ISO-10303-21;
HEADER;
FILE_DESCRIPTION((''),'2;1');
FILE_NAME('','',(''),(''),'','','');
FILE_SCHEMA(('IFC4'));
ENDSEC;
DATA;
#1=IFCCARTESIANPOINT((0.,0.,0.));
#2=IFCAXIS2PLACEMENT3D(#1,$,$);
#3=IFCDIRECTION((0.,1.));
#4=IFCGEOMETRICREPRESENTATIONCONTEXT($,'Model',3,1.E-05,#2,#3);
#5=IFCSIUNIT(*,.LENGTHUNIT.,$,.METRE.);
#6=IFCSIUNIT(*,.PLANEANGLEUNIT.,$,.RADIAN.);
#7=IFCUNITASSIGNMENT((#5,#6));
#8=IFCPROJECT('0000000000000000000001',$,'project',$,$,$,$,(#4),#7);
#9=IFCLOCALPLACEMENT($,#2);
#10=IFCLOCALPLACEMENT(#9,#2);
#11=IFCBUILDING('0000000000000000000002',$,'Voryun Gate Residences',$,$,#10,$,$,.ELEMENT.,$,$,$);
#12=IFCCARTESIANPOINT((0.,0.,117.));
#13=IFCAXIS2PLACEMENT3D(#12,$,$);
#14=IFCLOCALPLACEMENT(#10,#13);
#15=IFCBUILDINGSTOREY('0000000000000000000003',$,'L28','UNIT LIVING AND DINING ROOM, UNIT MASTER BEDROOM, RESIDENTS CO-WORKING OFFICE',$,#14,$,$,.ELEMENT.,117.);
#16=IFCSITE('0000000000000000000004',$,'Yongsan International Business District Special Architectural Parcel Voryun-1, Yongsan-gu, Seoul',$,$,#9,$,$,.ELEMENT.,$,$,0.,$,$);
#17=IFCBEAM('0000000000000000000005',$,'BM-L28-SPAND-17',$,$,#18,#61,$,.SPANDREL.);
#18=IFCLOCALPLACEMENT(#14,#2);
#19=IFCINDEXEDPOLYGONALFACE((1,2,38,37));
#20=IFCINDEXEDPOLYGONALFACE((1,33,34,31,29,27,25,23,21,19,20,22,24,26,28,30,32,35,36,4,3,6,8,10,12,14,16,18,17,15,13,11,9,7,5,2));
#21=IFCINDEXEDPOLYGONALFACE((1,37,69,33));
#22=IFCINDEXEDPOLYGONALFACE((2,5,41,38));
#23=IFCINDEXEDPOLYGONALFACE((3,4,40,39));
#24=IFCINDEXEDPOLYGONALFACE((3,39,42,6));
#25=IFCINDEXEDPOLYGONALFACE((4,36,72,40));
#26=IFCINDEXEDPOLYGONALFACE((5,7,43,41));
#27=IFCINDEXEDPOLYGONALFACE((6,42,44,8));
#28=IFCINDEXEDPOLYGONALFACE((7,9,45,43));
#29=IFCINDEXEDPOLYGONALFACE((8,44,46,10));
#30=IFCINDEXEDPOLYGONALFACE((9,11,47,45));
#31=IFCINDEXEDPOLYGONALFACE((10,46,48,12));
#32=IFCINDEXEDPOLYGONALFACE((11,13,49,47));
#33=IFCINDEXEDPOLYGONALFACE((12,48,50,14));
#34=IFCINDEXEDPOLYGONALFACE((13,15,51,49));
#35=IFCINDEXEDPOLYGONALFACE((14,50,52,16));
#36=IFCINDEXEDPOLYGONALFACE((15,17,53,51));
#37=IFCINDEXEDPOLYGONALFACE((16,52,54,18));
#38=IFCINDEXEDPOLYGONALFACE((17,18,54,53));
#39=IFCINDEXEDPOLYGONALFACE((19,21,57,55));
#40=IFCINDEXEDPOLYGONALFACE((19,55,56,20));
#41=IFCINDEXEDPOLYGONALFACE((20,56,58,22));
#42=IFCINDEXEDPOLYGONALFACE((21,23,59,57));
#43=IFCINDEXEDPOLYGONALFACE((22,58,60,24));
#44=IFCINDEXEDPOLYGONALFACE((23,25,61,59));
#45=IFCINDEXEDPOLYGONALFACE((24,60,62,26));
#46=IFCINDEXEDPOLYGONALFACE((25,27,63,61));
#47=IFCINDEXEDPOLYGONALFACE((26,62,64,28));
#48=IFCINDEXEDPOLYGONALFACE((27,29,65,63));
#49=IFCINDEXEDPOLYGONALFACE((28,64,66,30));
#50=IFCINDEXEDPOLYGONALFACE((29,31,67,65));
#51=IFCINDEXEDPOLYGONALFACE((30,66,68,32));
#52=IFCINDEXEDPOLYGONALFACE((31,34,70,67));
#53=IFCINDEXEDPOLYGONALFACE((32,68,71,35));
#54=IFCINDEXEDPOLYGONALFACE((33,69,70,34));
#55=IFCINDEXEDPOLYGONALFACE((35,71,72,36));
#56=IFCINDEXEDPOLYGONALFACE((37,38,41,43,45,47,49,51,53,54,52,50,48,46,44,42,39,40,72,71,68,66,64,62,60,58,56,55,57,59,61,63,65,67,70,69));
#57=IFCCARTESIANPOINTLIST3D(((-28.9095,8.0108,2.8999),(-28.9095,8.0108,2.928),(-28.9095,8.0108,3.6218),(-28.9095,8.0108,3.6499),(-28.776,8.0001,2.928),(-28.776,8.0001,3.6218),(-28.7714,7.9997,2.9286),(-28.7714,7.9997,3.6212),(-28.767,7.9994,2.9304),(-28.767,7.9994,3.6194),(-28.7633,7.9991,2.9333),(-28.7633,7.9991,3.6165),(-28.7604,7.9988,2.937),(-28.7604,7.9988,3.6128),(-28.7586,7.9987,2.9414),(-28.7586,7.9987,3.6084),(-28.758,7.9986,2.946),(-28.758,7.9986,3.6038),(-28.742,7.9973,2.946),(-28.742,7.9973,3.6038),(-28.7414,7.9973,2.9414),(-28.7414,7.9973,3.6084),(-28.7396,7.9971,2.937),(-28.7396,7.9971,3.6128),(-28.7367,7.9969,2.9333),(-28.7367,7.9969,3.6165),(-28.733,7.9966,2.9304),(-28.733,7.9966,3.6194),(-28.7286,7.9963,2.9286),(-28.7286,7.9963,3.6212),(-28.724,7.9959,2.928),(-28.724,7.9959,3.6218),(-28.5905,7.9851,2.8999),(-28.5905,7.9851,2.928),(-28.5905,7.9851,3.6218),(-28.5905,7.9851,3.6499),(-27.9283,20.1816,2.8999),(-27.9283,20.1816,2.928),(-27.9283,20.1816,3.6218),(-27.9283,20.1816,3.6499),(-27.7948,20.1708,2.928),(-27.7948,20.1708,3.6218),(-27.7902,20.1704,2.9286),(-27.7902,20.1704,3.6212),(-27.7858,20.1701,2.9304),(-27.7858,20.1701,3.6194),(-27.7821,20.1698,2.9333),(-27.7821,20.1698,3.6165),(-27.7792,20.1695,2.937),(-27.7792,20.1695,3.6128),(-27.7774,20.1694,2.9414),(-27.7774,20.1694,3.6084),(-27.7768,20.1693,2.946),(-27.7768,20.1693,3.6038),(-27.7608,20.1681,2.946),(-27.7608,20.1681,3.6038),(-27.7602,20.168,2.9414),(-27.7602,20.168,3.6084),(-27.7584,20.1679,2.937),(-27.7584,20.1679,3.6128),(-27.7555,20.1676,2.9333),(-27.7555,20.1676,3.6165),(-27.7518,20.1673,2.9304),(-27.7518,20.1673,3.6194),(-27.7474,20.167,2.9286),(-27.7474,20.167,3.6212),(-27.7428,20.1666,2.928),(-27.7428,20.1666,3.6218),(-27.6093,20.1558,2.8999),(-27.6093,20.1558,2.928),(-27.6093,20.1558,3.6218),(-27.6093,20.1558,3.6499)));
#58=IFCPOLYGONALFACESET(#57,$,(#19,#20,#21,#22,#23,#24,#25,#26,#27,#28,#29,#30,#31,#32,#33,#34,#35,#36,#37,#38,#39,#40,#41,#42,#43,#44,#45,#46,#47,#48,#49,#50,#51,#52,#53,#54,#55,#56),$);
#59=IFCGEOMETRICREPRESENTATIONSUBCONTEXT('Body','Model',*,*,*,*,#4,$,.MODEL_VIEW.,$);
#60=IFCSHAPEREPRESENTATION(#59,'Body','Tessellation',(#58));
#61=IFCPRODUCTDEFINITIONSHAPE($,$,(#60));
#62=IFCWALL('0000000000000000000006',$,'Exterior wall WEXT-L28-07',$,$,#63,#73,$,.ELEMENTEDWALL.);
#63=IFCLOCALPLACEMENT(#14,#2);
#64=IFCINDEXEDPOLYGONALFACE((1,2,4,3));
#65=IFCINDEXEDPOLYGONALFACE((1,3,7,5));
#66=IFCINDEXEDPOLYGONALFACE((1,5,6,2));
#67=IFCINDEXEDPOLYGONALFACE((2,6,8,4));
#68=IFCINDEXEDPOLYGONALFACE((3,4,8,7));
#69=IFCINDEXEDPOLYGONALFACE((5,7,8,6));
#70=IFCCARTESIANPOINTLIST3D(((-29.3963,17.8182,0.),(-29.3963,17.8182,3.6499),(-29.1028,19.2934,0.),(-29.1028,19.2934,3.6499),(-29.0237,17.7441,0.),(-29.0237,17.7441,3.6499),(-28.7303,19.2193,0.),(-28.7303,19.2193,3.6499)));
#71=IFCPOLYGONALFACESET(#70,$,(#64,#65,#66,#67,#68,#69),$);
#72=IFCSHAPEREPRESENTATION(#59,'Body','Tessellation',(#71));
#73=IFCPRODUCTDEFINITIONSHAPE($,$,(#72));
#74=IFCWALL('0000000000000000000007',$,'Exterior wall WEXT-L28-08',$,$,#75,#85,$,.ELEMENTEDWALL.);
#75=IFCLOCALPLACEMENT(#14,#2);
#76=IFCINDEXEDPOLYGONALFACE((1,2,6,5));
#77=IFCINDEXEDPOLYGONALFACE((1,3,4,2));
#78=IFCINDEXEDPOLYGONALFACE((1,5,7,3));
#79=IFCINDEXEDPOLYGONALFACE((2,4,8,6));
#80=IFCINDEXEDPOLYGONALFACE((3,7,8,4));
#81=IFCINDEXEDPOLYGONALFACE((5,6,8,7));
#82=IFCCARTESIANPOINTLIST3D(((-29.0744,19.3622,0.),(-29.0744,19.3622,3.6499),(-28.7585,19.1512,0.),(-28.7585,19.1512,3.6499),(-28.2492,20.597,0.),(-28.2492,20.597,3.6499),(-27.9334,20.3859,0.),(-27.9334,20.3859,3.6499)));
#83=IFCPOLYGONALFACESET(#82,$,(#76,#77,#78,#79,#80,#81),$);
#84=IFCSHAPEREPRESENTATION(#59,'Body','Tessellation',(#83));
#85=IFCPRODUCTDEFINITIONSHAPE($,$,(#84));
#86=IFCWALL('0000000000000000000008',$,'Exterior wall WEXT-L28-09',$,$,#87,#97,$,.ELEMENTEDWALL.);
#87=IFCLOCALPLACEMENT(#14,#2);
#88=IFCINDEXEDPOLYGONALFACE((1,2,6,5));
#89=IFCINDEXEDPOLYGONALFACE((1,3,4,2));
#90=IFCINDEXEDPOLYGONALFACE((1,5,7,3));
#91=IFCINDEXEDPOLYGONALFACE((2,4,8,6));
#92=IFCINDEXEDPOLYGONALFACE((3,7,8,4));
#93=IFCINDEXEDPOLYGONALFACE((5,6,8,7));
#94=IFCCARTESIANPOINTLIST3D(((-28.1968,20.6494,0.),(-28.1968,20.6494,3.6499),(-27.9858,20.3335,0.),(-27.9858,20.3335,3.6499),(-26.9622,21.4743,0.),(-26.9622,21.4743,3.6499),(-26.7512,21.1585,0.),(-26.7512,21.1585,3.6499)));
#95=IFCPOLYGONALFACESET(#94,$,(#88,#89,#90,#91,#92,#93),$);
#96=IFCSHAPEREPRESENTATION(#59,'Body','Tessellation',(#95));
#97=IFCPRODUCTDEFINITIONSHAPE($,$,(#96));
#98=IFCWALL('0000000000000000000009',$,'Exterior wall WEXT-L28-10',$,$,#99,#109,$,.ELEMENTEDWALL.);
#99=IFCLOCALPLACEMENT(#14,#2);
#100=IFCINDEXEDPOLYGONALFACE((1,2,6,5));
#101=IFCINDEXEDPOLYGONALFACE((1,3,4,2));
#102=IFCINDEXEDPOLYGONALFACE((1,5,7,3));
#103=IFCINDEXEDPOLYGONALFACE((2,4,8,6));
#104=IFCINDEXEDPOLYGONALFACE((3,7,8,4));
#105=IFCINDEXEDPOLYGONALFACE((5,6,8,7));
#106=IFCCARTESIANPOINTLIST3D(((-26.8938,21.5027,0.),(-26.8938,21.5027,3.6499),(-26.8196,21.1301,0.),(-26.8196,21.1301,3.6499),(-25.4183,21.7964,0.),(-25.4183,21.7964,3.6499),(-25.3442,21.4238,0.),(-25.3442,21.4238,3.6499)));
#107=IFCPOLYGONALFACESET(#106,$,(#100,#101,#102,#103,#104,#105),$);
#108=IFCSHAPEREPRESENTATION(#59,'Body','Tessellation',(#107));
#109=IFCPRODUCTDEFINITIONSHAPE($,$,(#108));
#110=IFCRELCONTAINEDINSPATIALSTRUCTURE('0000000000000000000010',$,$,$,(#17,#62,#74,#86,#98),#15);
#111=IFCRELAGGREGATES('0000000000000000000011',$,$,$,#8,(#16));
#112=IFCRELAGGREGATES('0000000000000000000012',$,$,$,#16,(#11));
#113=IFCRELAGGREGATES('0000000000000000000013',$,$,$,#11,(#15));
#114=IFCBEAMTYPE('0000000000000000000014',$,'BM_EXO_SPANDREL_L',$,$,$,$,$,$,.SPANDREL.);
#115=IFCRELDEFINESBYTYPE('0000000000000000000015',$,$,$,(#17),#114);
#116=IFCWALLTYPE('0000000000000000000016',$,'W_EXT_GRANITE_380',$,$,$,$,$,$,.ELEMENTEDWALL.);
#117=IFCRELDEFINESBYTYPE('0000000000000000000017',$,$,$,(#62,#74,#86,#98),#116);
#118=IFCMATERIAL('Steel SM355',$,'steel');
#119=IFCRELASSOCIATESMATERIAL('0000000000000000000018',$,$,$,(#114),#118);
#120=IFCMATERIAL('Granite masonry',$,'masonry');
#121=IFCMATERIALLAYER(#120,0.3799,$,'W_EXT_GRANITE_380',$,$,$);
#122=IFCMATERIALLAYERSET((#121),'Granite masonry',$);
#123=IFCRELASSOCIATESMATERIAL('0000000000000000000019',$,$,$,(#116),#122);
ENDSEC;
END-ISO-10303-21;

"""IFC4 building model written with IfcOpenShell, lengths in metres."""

from ifc_helpers import new_model, si_unit, direction, frame, frame_2d, origin, origin_2d, place, context, subcontext, project, spatial, rectangle, i_section, extrude, material, layer, layer_set, material_profile, profile_set, type_object, element, save


model = new_model("IFC4")

# Units and contexts
model_context = context("Model", 3, precision=1e-05, world=origin(), true_north=direction((0.0, 1.0)))
body_context = subcontext(model_context, "Body", "Model", "MODEL_VIEW")
ifc_project = project(units=[si_unit("LENGTHUNIT", "METRE"), si_unit("PLANEANGLEUNIT", "RADIAN")], contexts=[model_context])

# Site, building, storey
site_placement = place(None, origin())
site = spatial("IfcSite", under=ifc_project, at=site_placement, Name="Yongsan International Business District Special Architectural Parcel Voryun-1, Yongsan-gu, Seoul", CompositionType="ELEMENT", RefElevation=0.0)
building_placement = place(site_placement, origin())
building = spatial("IfcBuilding", under=site, at=building_placement, Name="Voryun Gate Residences", CompositionType="ELEMENT")
storey_placement = place(building_placement, frame((0.0, 0.0, 117.0)))
storey = spatial("IfcBuildingStorey", under=building, at=storey_placement, Name="L28", Description="UNIT LIVING AND DINING ROOM, UNIT MASTER BEDROOM, RESIDENTS CO-WORKING OFFICE", CompositionType="ELEMENT", Elevation=117.0)

# Beam
ifc_material_1 = material(Name="Steel SM355", Category="steel")
ifc_material_profile_1 = material_profile(ifc_material_1, i_section(OverallWidth=0.3201, OverallDepth=0.75, WebThickness=0.0161, FlangeThickness=0.0281, FilletRadius=0.0181, at=origin_2d()), Name="H-750x320x16x28")
ifc_profile_set_1 = profile_set([ifc_material_profile_1], Name="Steel SM355")
beam_type = type_object("IfcBeamType", Name="BM_EXO_SPANDREL_L", PredefinedType="SPANDREL", material=ifc_profile_set_1)
beam_1_placement = place(storey_placement, frame((-27.7688, 20.1687, 3.2749), z_axis=(-0.08036, -0.996766, 0.0), x_axis=(0.996766, -0.08036, 0.0)))
element("IfcBeam", 1, at=beam_1_placement, inside=storey, type_object=beam_type, Name="BM-L28-SPAND-17", PredefinedType="SPANDREL", context=body_context, shape_type="SweptSolid", body=[
    extrude(i_section(OverallWidth=0.3201, OverallDepth=0.75, WebThickness=0.0161, FlangeThickness=0.0281, FilletRadius=0.0181, at=origin_2d()), origin(), (0.0, 0.0, 1.0), 12.2102),
])

# Walls
ifc_material_2 = material(Name="Granite masonry", Category="masonry")
ifc_layer_1 = layer(ifc_material_2, 0.3799, Name="W_EXT_GRANITE_380")
ifc_layer_set_1 = layer_set([ifc_layer_1], Name="Granite masonry")
wall_type_1 = type_object("IfcWallType", Name="W_EXT_GRANITE_380", PredefinedType="ELEMENTEDWALL", material=ifc_layer_set_1)
wall_1_placement = place(storey_placement, frame((-29.21, 17.7812, 0.0), z_axis=(0.0, 0.0, 1.0), x_axis=(0.195086, 0.980786, 0.0)))
element("IfcWall", 2, at=wall_1_placement, inside=storey, type_object=wall_type_1, Name="Exterior wall WEXT-L28-07", PredefinedType="ELEMENTEDWALL", context=body_context, shape_type="SweptSolid", body=[
    extrude(rectangle(XDim=1.5042, YDim=0.3799, at=frame_2d((0.752, 0.0))), origin(), (0.0, 0.0, 1.0), 3.6499),
])
wall_2_placement = place(storey_placement, frame((-28.9165, 19.2566, 0.0), z_axis=(0.0, 0.0, 1.0), x_axis=(0.55561, 0.831443, 0.0)))
element("IfcWall", 3, at=wall_2_placement, inside=storey, type_object=wall_type_1, Name="Exterior wall WEXT-L28-08", PredefinedType="ELEMENTEDWALL", context=body_context, shape_type="SweptSolid", body=[
    extrude(rectangle(XDim=1.4851, YDim=0.3799, at=frame_2d((0.7427, 0.0))), origin(), (0.0, 0.0, 1.0), 3.6499),
])
wall_3_placement = place(storey_placement, frame((-28.0913, 20.4915, 0.0), z_axis=(0.0, 0.0, 1.0), x_axis=(0.831468, 0.555573, 0.0)))
element("IfcWall", 4, at=wall_3_placement, inside=storey, type_object=wall_type_1, Name="Exterior wall WEXT-L28-09", PredefinedType="ELEMENTEDWALL", context=body_context, shape_type="SweptSolid", body=[
    extrude(rectangle(XDim=1.4849, YDim=0.3799, at=frame_2d((0.7424, 0.0))), origin(), (0.0, 0.0, 1.0), 3.6499),
])
wall_4_placement = place(storey_placement, frame((-26.8567, 21.3164, 0.0), z_axis=(0.0, 0.0, 1.0), x_axis=(0.980755, 0.195242, 0.0)))
element("IfcWall", 5, at=wall_4_placement, inside=storey, type_object=wall_type_1, Name="Exterior wall WEXT-L28-10", PredefinedType="ELEMENTEDWALL", context=body_context, shape_type="SweptSolid", body=[
    extrude(rectangle(XDim=1.5044, YDim=0.3799, at=frame_2d((0.7522, 0.0))), origin(), (0.0, 0.0, 1.0), 3.6499),
])

save(model, "model.ifc")
